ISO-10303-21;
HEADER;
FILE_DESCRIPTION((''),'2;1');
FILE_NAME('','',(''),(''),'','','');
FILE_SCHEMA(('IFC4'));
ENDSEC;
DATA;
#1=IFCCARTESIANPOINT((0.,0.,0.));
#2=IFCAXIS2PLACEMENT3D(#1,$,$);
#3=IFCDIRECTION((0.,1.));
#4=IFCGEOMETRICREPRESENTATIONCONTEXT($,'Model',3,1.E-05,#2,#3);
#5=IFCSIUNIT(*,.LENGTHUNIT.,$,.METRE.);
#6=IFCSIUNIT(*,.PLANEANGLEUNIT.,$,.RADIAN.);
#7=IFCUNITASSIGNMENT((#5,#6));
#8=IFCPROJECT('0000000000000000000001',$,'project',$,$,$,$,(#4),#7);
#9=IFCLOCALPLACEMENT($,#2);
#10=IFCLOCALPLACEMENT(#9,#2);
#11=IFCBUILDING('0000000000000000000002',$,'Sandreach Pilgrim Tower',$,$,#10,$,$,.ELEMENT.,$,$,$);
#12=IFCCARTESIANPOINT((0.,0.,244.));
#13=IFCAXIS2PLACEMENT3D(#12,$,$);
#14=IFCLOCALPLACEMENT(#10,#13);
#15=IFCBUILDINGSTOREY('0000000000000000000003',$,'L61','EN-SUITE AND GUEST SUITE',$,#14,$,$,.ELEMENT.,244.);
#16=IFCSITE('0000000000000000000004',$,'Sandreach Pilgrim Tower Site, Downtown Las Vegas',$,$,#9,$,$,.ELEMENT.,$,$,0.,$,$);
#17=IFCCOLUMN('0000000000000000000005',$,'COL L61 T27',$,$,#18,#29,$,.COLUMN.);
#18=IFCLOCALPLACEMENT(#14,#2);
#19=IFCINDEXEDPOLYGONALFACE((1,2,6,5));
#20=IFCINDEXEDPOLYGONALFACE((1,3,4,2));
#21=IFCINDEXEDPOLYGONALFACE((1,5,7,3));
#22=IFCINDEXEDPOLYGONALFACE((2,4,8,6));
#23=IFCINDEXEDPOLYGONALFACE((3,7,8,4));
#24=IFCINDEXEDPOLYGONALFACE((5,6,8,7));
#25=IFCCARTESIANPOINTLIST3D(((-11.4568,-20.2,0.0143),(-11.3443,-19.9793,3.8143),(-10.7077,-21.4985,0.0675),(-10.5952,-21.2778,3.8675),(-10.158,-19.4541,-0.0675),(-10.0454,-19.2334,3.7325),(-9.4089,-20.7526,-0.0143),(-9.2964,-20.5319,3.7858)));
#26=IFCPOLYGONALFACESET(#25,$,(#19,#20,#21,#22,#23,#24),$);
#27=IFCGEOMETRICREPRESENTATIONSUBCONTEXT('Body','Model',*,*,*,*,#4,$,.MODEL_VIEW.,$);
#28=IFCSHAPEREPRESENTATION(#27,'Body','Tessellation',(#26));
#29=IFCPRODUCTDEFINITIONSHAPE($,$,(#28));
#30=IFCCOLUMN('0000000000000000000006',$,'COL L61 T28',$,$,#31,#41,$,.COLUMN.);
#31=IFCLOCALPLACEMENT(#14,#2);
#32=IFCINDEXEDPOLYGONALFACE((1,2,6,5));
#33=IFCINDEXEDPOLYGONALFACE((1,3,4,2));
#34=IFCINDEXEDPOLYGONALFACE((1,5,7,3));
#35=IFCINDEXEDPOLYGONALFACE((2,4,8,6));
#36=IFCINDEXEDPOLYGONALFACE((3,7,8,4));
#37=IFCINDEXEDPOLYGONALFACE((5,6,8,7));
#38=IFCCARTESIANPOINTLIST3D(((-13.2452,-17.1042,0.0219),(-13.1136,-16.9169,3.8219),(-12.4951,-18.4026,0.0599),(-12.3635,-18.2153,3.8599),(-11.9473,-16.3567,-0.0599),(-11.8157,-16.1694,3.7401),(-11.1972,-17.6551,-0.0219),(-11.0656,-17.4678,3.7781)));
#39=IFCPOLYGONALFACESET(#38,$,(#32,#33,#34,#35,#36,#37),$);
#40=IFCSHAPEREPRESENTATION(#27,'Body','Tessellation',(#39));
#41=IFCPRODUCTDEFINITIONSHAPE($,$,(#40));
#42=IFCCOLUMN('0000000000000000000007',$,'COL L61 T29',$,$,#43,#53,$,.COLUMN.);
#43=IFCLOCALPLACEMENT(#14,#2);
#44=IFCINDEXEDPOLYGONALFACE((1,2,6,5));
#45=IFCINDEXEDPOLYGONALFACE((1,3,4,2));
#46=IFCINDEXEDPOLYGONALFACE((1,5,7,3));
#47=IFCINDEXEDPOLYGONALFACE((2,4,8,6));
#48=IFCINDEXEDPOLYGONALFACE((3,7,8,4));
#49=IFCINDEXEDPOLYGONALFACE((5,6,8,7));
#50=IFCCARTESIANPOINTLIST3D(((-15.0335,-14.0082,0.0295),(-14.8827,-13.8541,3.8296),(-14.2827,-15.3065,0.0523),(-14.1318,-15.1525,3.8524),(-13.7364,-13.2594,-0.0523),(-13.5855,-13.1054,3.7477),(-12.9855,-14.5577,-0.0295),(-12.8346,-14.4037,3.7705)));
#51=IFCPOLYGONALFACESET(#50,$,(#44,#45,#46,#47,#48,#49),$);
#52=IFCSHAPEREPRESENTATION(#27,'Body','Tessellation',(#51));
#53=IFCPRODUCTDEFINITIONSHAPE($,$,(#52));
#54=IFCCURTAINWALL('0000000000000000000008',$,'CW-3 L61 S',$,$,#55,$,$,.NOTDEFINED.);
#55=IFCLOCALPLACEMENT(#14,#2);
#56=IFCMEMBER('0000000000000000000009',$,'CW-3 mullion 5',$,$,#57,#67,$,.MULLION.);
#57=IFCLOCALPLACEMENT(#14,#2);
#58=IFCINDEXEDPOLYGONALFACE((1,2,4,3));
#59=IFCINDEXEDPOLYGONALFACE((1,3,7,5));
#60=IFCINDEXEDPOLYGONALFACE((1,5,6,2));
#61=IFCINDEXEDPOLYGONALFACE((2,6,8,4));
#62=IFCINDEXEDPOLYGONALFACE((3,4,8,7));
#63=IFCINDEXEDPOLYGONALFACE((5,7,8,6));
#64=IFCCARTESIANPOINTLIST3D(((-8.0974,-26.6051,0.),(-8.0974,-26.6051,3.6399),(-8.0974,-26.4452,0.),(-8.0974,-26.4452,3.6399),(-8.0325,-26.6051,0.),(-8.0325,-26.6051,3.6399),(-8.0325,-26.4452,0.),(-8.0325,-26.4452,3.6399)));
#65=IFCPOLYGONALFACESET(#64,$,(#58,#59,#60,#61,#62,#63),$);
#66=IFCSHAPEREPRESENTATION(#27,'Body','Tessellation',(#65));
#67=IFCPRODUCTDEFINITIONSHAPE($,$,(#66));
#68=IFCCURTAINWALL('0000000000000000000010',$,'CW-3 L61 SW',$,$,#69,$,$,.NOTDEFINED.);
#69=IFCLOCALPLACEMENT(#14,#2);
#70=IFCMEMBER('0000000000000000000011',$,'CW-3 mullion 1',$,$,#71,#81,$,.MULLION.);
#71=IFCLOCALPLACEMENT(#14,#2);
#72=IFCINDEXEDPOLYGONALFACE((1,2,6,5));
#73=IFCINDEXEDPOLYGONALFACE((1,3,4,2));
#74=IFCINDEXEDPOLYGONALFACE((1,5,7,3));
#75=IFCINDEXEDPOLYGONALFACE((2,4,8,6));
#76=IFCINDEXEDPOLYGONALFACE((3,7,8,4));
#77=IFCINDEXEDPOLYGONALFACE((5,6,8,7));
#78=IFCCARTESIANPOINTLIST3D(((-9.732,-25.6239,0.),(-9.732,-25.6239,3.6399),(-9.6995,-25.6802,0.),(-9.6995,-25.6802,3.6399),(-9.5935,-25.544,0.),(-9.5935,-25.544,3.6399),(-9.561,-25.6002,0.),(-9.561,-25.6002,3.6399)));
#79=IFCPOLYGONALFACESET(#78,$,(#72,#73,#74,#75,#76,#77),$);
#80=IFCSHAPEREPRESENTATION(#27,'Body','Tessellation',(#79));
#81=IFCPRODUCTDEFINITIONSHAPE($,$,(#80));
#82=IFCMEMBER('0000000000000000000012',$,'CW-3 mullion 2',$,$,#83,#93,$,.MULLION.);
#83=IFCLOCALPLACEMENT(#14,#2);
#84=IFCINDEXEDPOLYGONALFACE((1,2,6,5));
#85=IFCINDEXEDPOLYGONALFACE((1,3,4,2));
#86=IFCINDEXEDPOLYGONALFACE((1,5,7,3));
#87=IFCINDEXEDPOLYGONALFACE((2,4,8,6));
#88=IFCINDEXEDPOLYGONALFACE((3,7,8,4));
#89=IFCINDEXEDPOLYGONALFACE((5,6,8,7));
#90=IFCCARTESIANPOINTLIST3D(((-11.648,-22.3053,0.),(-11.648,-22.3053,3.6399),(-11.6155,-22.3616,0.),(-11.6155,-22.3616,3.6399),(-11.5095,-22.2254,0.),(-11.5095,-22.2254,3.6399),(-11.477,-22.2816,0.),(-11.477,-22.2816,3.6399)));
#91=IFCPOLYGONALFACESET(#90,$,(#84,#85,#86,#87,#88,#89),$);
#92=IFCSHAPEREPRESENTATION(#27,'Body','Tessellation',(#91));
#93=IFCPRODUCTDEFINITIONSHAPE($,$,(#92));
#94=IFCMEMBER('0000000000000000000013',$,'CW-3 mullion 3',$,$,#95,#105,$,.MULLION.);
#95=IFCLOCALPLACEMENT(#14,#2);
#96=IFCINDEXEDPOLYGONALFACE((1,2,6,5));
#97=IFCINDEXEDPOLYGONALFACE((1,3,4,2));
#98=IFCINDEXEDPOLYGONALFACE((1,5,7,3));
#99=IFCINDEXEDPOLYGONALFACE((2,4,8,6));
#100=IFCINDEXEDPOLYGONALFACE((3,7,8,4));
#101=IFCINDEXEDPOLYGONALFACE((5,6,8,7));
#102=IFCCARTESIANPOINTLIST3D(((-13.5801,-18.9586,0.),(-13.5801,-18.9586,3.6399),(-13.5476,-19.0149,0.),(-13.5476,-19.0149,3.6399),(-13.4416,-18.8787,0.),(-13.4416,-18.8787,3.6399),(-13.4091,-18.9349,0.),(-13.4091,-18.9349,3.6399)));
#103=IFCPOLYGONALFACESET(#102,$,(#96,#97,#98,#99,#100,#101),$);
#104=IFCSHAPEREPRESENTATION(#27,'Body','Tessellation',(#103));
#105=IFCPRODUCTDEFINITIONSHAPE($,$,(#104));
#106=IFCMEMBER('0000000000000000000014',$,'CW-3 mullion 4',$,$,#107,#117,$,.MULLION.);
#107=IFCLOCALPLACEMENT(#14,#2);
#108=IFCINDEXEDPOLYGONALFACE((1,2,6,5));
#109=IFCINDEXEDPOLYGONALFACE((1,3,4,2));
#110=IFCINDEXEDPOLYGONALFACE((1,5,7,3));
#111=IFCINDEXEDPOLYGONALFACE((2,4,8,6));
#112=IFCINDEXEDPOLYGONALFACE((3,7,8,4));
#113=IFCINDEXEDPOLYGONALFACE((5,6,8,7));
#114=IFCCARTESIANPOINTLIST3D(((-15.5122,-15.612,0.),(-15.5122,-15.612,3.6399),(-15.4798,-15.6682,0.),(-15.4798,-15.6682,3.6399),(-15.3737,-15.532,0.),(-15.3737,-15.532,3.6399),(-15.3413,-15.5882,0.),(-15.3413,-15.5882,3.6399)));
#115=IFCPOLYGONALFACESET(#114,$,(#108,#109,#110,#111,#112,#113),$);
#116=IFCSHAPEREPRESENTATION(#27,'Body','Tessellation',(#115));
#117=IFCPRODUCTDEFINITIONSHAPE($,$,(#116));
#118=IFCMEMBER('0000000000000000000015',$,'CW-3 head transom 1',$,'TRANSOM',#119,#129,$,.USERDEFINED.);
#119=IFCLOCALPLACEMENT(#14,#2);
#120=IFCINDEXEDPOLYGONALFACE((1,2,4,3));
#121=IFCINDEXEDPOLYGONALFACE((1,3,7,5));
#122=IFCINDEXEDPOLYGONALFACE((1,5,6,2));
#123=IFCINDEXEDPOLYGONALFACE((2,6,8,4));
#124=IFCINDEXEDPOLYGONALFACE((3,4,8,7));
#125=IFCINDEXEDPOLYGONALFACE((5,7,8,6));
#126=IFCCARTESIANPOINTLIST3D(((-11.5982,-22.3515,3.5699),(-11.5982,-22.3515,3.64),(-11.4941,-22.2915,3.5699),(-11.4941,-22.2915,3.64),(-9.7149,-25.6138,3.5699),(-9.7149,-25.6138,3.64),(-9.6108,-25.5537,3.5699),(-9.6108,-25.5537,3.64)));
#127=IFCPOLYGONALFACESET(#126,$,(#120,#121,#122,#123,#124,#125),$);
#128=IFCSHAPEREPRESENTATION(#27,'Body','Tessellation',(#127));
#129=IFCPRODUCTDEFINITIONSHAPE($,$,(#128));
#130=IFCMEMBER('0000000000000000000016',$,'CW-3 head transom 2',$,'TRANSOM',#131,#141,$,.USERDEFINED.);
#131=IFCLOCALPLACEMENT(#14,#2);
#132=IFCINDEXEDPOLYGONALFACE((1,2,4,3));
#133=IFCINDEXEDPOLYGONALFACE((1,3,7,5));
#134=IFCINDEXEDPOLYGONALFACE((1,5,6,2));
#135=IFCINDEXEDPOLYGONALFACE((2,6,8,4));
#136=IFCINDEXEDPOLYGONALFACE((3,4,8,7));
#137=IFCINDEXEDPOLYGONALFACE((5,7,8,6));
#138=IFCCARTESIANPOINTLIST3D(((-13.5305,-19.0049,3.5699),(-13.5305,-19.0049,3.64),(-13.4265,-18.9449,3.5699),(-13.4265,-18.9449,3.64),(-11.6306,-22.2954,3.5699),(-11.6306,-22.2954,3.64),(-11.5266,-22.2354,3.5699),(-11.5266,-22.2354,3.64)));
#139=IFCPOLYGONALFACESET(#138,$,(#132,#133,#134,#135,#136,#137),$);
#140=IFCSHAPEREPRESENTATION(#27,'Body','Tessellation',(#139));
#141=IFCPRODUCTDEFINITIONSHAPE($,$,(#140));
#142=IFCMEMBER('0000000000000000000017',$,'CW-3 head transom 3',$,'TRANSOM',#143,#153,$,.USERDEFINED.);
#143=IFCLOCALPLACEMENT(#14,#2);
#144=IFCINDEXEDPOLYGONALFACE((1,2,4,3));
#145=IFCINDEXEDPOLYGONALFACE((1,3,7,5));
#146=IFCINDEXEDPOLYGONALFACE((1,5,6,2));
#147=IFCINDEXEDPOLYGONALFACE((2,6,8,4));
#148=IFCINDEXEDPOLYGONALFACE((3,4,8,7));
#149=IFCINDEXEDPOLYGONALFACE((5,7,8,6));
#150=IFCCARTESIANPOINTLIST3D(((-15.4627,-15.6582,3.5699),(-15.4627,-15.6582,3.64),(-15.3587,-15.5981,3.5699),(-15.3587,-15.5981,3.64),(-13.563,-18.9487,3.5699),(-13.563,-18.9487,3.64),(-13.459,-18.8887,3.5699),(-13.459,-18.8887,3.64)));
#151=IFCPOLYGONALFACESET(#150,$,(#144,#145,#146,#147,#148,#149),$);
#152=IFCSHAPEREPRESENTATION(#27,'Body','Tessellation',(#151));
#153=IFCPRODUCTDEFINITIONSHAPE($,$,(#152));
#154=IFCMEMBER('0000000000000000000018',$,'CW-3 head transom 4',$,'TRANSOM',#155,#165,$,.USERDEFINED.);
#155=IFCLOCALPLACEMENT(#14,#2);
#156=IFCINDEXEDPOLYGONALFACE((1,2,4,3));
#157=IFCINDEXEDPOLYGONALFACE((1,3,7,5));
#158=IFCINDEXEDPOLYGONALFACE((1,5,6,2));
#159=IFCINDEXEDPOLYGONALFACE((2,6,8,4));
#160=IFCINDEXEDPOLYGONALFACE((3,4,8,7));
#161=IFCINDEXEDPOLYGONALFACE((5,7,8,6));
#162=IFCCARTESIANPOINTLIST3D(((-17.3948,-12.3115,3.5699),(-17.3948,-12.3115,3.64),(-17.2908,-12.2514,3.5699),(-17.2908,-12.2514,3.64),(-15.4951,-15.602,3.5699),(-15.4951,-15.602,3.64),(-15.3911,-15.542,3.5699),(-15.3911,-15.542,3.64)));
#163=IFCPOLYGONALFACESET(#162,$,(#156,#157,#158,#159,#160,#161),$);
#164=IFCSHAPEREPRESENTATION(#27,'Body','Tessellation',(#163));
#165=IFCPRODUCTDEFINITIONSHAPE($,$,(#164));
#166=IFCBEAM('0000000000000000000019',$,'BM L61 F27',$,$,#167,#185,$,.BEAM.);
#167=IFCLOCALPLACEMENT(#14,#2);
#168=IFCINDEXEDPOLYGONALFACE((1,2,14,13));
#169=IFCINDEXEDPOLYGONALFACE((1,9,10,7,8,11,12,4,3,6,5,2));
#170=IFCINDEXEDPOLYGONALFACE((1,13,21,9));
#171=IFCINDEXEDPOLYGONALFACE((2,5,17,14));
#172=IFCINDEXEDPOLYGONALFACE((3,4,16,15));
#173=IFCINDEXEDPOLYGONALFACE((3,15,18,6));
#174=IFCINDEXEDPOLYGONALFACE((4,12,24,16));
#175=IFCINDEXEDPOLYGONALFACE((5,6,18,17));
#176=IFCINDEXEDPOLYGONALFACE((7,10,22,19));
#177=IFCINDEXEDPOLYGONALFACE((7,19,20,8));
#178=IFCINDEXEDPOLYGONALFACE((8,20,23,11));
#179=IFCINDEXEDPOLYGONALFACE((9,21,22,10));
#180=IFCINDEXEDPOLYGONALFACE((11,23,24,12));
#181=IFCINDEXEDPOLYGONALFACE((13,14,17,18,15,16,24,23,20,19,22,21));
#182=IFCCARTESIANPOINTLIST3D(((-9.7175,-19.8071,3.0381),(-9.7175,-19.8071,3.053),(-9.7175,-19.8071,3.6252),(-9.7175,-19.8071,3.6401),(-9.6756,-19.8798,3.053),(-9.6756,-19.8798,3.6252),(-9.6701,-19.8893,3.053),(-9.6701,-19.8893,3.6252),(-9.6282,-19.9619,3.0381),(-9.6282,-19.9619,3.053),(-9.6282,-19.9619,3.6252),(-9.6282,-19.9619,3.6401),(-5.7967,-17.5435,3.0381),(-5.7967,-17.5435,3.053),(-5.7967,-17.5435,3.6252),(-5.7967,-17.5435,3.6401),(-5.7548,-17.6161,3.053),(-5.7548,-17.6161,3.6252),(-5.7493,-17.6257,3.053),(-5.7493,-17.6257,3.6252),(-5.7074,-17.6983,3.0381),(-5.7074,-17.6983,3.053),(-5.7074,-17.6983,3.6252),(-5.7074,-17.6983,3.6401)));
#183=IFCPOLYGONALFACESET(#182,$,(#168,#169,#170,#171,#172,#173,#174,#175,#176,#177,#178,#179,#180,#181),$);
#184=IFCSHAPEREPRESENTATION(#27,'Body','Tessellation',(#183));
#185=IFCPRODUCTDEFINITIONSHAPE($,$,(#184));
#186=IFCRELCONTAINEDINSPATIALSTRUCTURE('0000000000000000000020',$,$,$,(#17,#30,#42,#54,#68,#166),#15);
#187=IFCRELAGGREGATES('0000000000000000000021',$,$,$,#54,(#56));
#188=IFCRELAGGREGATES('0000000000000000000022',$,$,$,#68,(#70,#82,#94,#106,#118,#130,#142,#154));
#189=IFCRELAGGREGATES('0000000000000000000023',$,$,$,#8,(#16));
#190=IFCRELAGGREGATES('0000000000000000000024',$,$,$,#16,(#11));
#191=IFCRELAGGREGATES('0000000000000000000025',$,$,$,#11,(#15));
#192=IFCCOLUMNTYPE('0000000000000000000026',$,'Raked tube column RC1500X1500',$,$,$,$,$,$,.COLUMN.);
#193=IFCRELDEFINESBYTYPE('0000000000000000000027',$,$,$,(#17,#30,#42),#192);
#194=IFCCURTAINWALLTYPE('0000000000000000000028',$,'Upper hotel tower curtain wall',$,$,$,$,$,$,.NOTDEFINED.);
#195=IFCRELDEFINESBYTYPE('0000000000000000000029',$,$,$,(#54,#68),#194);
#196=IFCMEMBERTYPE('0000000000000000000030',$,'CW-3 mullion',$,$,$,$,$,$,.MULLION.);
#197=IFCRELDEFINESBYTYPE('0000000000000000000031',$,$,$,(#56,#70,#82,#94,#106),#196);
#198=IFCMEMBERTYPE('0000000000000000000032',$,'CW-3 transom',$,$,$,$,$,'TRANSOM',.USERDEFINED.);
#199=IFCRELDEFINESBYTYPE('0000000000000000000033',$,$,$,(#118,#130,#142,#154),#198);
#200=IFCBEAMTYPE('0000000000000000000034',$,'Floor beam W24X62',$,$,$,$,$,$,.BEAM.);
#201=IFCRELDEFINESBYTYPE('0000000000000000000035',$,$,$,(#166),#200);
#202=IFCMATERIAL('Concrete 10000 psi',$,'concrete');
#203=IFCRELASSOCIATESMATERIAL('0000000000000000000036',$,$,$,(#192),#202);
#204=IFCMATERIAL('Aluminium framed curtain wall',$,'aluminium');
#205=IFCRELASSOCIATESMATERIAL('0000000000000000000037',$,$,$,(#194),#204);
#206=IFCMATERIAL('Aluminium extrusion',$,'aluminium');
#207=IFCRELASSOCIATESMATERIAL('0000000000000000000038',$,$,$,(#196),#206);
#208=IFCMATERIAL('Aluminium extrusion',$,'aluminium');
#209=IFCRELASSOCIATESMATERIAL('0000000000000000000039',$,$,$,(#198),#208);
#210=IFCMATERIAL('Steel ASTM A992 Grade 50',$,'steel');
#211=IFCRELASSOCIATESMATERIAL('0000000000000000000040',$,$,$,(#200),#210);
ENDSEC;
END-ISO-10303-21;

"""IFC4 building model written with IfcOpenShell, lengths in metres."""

from ifc_helpers import new_model, si_unit, direction, frame, origin, origin_2d, place, context, subcontext, project, spatial, rectangle, i_section, extrude, material, material_profile, profile_set, type_object, element, aggregate, save


model = new_model("IFC4")

# Units and contexts
model_context = context("Model", 3, precision=1e-05, world=origin(), true_north=direction((0.0, 1.0)))
body_context = subcontext(model_context, "Body", "Model", "MODEL_VIEW")
ifc_project = project(units=[si_unit("LENGTHUNIT", "METRE"), si_unit("PLANEANGLEUNIT", "RADIAN")], contexts=[model_context])

# Site, building, storey
site_placement = place(None, origin())
site = spatial("IfcSite", under=ifc_project, at=site_placement, Name="Sandreach Pilgrim Tower Site, Downtown Las Vegas", CompositionType="ELEMENT", RefElevation=0.0)
building_placement = place(site_placement, origin())
building = spatial("IfcBuilding", under=site, at=building_placement, Name="Sandreach Pilgrim Tower", CompositionType="ELEMENT")
storey_placement = place(building_placement, frame((0.0, 0.0, 244.0)))
storey = spatial("IfcBuildingStorey", under=building, at=storey_placement, Name="L61", Description="EN-SUITE AND GUEST SUITE", CompositionType="ELEMENT", Elevation=244.0)

# Columns
ifc_material_1 = material(Name="Concrete 10000 psi", Category="concrete")
ifc_material_profile_1 = material_profile(ifc_material_1, rectangle(XDim=1.5, YDim=1.5, at=origin_2d()), Name="RC1500X1500")
ifc_profile_set_1 = profile_set([ifc_material_profile_1], Name="Concrete 10000 psi")
column_type = type_object("IfcColumnType", Name="Raked tube column RC1500X1500", PredefinedType="COLUMN", material=ifc_profile_set_1)
column_1_placement = place(storey_placement, frame((-10.4329, -20.4763, 0.0), z_axis=(0.029555, 0.057956, 0.997882), x_axis=(-0.865881, -0.49727, 0.054526)))
element("IfcColumn", 1, at=column_1_placement, inside=storey, type_object=column_type, Name="COL L61 T27", PredefinedType="COLUMN", context=body_context, shape_type="SweptSolid", body=[
    extrude(rectangle(XDim=1.5, YDim=1.5, at=origin_2d()), origin(), (0.0, 0.0, 1.0), 3.8081),
])
column_2_placement = place(storey_placement, frame((-12.2212, -17.3796, 0.0), z_axis=(0.034566, 0.049188, 0.998191), x_axis=(-0.865277, -0.49832, 0.054519)))
element("IfcColumn", 2, at=column_2_placement, inside=storey, type_object=column_type, Name="COL L61 T28", PredefinedType="COLUMN", context=body_context, shape_type="SweptSolid", body=[
    extrude(rectangle(XDim=1.5, YDim=1.5, at=origin_2d()), origin(), (0.0, 0.0, 1.0), 3.8069),
])
column_3_placement = place(storey_placement, frame((-14.0095, -14.283, 0.0), z_axis=(0.039641, 0.040475, 0.998394), x_axis=(-0.864775, -0.499185, 0.054572)))
element("IfcColumn", 3, at=column_3_placement, inside=storey, type_object=column_type, Name="COL L61 T29", PredefinedType="COLUMN", context=body_context, shape_type="SweptSolid", body=[
    extrude(rectangle(XDim=1.5, YDim=1.5, at=origin_2d()), origin(), (0.0, 0.0, 1.0), 3.8062),
])

# Curtain wall, member
ifc_material_2 = material(Name="Aluminium framed curtain wall", Category="aluminium")
curtain_wall_type = type_object("IfcCurtainWallType", Name="Upper hotel tower curtain wall", PredefinedType="NOTDEFINED", material=ifc_material_2)
curtain_wall_1_placement = place(storey_placement, origin())
curtain_wall_1 = element("IfcCurtainWall", 4, at=curtain_wall_1_placement, inside=storey, type_object=curtain_wall_type, Name="CW-3 L61 S", PredefinedType="NOTDEFINED")
ifc_material_3 = material(Name="Aluminium extrusion", Category="aluminium")
ifc_material_profile_2 = material_profile(ifc_material_3, rectangle(XDim=0.0649, YDim=0.1599, at=origin_2d()), Name="CW-3M 65X160")
ifc_profile_set_2 = profile_set([ifc_material_profile_2], Name="Aluminium extrusion")
member_type_1 = type_object("IfcMemberType", Name="CW-3 mullion", PredefinedType="MULLION", material=ifc_profile_set_2)
member_1_placement = place(storey_placement, frame((-8.0649, -26.5251, 0.0), z_axis=(0.0, 0.0, 1.0), x_axis=(-1.0, 0.0, 0.0)))
member_1 = element("IfcMember", 5, at=member_1_placement, type_object=member_type_1, Name="CW-3 mullion 5", PredefinedType="MULLION", context=body_context, shape_type="SweptSolid", body=[
    extrude(rectangle(XDim=0.0649, YDim=0.1599, at=origin_2d()), origin(), (0.0, 0.0, 1.0), 3.6399),
])
aggregate(curtain_wall_1, [member_1])

# Curtain wall, members
curtain_wall_2_placement = place(storey_placement, origin())
curtain_wall_2 = element("IfcCurtainWall", 6, at=curtain_wall_2_placement, inside=storey, type_object=curtain_wall_type, Name="CW-3 L61 SW", PredefinedType="NOTDEFINED")
member_2_placement = place(storey_placement, frame((-9.6465, -25.6121, 0.0), z_axis=(0.0, 0.0, 1.0), x_axis=(-0.5, 0.866025, 0.0)))
member_2 = element("IfcMember", 7, at=member_2_placement, type_object=member_type_1, Name="CW-3 mullion 1", PredefinedType="MULLION", context=body_context, shape_type="SweptSolid", body=[
    extrude(rectangle(XDim=0.0649, YDim=0.1599, at=origin_2d()), origin(), (0.0, 0.0, 1.0), 3.6399),
])
member_3_placement = place(storey_placement, frame((-11.5625, -22.2935, 0.0), z_axis=(0.0, 0.0, 1.0), x_axis=(-0.5, 0.866025, 0.0)))
member_3 = element("IfcMember", 8, at=member_3_placement, type_object=member_type_1, Name="CW-3 mullion 2", PredefinedType="MULLION", context=body_context, shape_type="SweptSolid", body=[
    extrude(rectangle(XDim=0.0649, YDim=0.1599, at=origin_2d()), origin(), (0.0, 0.0, 1.0), 3.6399),
])
member_4_placement = place(storey_placement, frame((-13.4946, -18.9468, 0.0), z_axis=(0.0, 0.0, 1.0), x_axis=(-0.5, 0.866025, 0.0)))
member_4 = element("IfcMember", 9, at=member_4_placement, type_object=member_type_1, Name="CW-3 mullion 3", PredefinedType="MULLION", context=body_context, shape_type="SweptSolid", body=[
    extrude(rectangle(XDim=0.0649, YDim=0.1599, at=origin_2d()), origin(), (0.0, 0.0, 1.0), 3.6399),
])
member_5_placement = place(storey_placement, frame((-15.4268, -15.6001, 0.0), z_axis=(0.0, 0.0, 1.0), x_axis=(-0.5, 0.866025, 0.0)))
member_5 = element("IfcMember", 10, at=member_5_placement, type_object=member_type_1, Name="CW-3 mullion 4", PredefinedType="MULLION", context=body_context, shape_type="SweptSolid", body=[
    extrude(rectangle(XDim=0.0649, YDim=0.1599, at=origin_2d()), origin(), (0.0, 0.0, 1.0), 3.6399),
])
ifc_material_4 = material(Name="Aluminium extrusion", Category="aluminium")
ifc_material_profile_3 = material_profile(ifc_material_4, rectangle(XDim=0.1201, YDim=0.0701, at=origin_2d()), Name="CW-3T 120X70")
ifc_profile_set_3 = profile_set([ifc_material_profile_3], Name="Aluminium extrusion")
member_type_2 = type_object("IfcMemberType", Name="CW-3 transom", ElementType="TRANSOM", PredefinedType="USERDEFINED", material=ifc_profile_set_3)
member_6_placement = place(storey_placement, frame((-9.6628, -25.5837, 3.605), z_axis=(-0.499973, 0.866041, 0.0), x_axis=(-0.866041, -0.499973, 0.0)))
member_6 = element("IfcMember", 11, at=member_6_placement, type_object=member_type_2, Name="CW-3 head transom 1", ObjectType="TRANSOM", PredefinedType="USERDEFINED", context=body_context, shape_type="SweptSolid", body=[
    extrude(rectangle(XDim=0.1201, YDim=0.0701, at=origin_2d()), origin(), (0.0, 0.0, 1.0), 3.7668),
])
member_7_placement = place(storey_placement, frame((-11.5786, -22.2654, 3.605), z_axis=(-0.500023, 0.866012, 0.0), x_axis=(-0.866012, -0.500023, 0.0)))
member_7 = element("IfcMember", 12, at=member_7_placement, type_object=member_type_2, Name="CW-3 head transom 2", ObjectType="TRANSOM", PredefinedType="USERDEFINED", context=body_context, shape_type="SweptSolid", body=[
    extrude(rectangle(XDim=0.1201, YDim=0.0701, at=origin_2d()), origin(), (0.0, 0.0, 1.0), 3.7996),
])
member_8_placement = place(storey_placement, frame((-13.511, -18.9187, 3.605), z_axis=(-0.499975, 0.86604, 0.0), x_axis=(-0.86604, -0.499975, 0.0)))
member_8 = element("IfcMember", 13, at=member_8_placement, type_object=member_type_2, Name="CW-3 head transom 3", ObjectType="TRANSOM", PredefinedType="USERDEFINED", context=body_context, shape_type="SweptSolid", body=[
    extrude(rectangle(XDim=0.1201, YDim=0.0701, at=origin_2d()), origin(), (0.0, 0.0, 1.0), 3.7996),
])
member_9_placement = place(storey_placement, frame((-15.4431, -15.572, 3.605), z_axis=(-0.499975, 0.86604, 0.0), x_axis=(-0.86604, -0.499975, 0.0)))
member_9 = element("IfcMember", 14, at=member_9_placement, type_object=member_type_2, Name="CW-3 head transom 4", ObjectType="TRANSOM", PredefinedType="USERDEFINED", context=body_context, shape_type="SweptSolid", body=[
    extrude(rectangle(XDim=0.1201, YDim=0.0701, at=origin_2d()), origin(), (0.0, 0.0, 1.0), 3.7996),
])

# Beam
ifc_material_5 = material(Name="Steel ASTM A992 Grade 50", Category="steel")
ifc_material_profile_4 = material_profile(ifc_material_5, i_section(OverallWidth=0.1787, OverallDepth=0.6021, WebThickness=0.011, FlangeThickness=0.0149, at=origin_2d()), Name="W24X62")
ifc_profile_set_4 = profile_set([ifc_material_profile_4], Name="Steel ASTM A992 Grade 50")
beam_type_1 = type_object("IfcBeamType", Name="Floor beam W24X62", PredefinedType="BEAM", material=ifc_profile_set_4)
beam_1_placement = place(storey_placement, frame((-9.6729, -19.8845, 3.3391), z_axis=(0.866031, 0.49999, 0.0), x_axis=(-0.49999, 0.866031, 0.0)))
element("IfcBeam", 15, at=beam_1_placement, inside=storey, type_object=beam_type_1, Name="BM L61 F27", PredefinedType="BEAM", context=body_context, shape_type="SweptSolid", body=[
    extrude(i_section(OverallWidth=0.1787, OverallDepth=0.6021, WebThickness=0.011, FlangeThickness=0.0149, at=origin_2d()), origin(), (0.0, 0.0, 1.0), 4.5273),
])

aggregate(curtain_wall_2, [member_2, member_3, member_4, member_5, member_6, member_7, member_8, member_9])

save(model, "model.ifc")
